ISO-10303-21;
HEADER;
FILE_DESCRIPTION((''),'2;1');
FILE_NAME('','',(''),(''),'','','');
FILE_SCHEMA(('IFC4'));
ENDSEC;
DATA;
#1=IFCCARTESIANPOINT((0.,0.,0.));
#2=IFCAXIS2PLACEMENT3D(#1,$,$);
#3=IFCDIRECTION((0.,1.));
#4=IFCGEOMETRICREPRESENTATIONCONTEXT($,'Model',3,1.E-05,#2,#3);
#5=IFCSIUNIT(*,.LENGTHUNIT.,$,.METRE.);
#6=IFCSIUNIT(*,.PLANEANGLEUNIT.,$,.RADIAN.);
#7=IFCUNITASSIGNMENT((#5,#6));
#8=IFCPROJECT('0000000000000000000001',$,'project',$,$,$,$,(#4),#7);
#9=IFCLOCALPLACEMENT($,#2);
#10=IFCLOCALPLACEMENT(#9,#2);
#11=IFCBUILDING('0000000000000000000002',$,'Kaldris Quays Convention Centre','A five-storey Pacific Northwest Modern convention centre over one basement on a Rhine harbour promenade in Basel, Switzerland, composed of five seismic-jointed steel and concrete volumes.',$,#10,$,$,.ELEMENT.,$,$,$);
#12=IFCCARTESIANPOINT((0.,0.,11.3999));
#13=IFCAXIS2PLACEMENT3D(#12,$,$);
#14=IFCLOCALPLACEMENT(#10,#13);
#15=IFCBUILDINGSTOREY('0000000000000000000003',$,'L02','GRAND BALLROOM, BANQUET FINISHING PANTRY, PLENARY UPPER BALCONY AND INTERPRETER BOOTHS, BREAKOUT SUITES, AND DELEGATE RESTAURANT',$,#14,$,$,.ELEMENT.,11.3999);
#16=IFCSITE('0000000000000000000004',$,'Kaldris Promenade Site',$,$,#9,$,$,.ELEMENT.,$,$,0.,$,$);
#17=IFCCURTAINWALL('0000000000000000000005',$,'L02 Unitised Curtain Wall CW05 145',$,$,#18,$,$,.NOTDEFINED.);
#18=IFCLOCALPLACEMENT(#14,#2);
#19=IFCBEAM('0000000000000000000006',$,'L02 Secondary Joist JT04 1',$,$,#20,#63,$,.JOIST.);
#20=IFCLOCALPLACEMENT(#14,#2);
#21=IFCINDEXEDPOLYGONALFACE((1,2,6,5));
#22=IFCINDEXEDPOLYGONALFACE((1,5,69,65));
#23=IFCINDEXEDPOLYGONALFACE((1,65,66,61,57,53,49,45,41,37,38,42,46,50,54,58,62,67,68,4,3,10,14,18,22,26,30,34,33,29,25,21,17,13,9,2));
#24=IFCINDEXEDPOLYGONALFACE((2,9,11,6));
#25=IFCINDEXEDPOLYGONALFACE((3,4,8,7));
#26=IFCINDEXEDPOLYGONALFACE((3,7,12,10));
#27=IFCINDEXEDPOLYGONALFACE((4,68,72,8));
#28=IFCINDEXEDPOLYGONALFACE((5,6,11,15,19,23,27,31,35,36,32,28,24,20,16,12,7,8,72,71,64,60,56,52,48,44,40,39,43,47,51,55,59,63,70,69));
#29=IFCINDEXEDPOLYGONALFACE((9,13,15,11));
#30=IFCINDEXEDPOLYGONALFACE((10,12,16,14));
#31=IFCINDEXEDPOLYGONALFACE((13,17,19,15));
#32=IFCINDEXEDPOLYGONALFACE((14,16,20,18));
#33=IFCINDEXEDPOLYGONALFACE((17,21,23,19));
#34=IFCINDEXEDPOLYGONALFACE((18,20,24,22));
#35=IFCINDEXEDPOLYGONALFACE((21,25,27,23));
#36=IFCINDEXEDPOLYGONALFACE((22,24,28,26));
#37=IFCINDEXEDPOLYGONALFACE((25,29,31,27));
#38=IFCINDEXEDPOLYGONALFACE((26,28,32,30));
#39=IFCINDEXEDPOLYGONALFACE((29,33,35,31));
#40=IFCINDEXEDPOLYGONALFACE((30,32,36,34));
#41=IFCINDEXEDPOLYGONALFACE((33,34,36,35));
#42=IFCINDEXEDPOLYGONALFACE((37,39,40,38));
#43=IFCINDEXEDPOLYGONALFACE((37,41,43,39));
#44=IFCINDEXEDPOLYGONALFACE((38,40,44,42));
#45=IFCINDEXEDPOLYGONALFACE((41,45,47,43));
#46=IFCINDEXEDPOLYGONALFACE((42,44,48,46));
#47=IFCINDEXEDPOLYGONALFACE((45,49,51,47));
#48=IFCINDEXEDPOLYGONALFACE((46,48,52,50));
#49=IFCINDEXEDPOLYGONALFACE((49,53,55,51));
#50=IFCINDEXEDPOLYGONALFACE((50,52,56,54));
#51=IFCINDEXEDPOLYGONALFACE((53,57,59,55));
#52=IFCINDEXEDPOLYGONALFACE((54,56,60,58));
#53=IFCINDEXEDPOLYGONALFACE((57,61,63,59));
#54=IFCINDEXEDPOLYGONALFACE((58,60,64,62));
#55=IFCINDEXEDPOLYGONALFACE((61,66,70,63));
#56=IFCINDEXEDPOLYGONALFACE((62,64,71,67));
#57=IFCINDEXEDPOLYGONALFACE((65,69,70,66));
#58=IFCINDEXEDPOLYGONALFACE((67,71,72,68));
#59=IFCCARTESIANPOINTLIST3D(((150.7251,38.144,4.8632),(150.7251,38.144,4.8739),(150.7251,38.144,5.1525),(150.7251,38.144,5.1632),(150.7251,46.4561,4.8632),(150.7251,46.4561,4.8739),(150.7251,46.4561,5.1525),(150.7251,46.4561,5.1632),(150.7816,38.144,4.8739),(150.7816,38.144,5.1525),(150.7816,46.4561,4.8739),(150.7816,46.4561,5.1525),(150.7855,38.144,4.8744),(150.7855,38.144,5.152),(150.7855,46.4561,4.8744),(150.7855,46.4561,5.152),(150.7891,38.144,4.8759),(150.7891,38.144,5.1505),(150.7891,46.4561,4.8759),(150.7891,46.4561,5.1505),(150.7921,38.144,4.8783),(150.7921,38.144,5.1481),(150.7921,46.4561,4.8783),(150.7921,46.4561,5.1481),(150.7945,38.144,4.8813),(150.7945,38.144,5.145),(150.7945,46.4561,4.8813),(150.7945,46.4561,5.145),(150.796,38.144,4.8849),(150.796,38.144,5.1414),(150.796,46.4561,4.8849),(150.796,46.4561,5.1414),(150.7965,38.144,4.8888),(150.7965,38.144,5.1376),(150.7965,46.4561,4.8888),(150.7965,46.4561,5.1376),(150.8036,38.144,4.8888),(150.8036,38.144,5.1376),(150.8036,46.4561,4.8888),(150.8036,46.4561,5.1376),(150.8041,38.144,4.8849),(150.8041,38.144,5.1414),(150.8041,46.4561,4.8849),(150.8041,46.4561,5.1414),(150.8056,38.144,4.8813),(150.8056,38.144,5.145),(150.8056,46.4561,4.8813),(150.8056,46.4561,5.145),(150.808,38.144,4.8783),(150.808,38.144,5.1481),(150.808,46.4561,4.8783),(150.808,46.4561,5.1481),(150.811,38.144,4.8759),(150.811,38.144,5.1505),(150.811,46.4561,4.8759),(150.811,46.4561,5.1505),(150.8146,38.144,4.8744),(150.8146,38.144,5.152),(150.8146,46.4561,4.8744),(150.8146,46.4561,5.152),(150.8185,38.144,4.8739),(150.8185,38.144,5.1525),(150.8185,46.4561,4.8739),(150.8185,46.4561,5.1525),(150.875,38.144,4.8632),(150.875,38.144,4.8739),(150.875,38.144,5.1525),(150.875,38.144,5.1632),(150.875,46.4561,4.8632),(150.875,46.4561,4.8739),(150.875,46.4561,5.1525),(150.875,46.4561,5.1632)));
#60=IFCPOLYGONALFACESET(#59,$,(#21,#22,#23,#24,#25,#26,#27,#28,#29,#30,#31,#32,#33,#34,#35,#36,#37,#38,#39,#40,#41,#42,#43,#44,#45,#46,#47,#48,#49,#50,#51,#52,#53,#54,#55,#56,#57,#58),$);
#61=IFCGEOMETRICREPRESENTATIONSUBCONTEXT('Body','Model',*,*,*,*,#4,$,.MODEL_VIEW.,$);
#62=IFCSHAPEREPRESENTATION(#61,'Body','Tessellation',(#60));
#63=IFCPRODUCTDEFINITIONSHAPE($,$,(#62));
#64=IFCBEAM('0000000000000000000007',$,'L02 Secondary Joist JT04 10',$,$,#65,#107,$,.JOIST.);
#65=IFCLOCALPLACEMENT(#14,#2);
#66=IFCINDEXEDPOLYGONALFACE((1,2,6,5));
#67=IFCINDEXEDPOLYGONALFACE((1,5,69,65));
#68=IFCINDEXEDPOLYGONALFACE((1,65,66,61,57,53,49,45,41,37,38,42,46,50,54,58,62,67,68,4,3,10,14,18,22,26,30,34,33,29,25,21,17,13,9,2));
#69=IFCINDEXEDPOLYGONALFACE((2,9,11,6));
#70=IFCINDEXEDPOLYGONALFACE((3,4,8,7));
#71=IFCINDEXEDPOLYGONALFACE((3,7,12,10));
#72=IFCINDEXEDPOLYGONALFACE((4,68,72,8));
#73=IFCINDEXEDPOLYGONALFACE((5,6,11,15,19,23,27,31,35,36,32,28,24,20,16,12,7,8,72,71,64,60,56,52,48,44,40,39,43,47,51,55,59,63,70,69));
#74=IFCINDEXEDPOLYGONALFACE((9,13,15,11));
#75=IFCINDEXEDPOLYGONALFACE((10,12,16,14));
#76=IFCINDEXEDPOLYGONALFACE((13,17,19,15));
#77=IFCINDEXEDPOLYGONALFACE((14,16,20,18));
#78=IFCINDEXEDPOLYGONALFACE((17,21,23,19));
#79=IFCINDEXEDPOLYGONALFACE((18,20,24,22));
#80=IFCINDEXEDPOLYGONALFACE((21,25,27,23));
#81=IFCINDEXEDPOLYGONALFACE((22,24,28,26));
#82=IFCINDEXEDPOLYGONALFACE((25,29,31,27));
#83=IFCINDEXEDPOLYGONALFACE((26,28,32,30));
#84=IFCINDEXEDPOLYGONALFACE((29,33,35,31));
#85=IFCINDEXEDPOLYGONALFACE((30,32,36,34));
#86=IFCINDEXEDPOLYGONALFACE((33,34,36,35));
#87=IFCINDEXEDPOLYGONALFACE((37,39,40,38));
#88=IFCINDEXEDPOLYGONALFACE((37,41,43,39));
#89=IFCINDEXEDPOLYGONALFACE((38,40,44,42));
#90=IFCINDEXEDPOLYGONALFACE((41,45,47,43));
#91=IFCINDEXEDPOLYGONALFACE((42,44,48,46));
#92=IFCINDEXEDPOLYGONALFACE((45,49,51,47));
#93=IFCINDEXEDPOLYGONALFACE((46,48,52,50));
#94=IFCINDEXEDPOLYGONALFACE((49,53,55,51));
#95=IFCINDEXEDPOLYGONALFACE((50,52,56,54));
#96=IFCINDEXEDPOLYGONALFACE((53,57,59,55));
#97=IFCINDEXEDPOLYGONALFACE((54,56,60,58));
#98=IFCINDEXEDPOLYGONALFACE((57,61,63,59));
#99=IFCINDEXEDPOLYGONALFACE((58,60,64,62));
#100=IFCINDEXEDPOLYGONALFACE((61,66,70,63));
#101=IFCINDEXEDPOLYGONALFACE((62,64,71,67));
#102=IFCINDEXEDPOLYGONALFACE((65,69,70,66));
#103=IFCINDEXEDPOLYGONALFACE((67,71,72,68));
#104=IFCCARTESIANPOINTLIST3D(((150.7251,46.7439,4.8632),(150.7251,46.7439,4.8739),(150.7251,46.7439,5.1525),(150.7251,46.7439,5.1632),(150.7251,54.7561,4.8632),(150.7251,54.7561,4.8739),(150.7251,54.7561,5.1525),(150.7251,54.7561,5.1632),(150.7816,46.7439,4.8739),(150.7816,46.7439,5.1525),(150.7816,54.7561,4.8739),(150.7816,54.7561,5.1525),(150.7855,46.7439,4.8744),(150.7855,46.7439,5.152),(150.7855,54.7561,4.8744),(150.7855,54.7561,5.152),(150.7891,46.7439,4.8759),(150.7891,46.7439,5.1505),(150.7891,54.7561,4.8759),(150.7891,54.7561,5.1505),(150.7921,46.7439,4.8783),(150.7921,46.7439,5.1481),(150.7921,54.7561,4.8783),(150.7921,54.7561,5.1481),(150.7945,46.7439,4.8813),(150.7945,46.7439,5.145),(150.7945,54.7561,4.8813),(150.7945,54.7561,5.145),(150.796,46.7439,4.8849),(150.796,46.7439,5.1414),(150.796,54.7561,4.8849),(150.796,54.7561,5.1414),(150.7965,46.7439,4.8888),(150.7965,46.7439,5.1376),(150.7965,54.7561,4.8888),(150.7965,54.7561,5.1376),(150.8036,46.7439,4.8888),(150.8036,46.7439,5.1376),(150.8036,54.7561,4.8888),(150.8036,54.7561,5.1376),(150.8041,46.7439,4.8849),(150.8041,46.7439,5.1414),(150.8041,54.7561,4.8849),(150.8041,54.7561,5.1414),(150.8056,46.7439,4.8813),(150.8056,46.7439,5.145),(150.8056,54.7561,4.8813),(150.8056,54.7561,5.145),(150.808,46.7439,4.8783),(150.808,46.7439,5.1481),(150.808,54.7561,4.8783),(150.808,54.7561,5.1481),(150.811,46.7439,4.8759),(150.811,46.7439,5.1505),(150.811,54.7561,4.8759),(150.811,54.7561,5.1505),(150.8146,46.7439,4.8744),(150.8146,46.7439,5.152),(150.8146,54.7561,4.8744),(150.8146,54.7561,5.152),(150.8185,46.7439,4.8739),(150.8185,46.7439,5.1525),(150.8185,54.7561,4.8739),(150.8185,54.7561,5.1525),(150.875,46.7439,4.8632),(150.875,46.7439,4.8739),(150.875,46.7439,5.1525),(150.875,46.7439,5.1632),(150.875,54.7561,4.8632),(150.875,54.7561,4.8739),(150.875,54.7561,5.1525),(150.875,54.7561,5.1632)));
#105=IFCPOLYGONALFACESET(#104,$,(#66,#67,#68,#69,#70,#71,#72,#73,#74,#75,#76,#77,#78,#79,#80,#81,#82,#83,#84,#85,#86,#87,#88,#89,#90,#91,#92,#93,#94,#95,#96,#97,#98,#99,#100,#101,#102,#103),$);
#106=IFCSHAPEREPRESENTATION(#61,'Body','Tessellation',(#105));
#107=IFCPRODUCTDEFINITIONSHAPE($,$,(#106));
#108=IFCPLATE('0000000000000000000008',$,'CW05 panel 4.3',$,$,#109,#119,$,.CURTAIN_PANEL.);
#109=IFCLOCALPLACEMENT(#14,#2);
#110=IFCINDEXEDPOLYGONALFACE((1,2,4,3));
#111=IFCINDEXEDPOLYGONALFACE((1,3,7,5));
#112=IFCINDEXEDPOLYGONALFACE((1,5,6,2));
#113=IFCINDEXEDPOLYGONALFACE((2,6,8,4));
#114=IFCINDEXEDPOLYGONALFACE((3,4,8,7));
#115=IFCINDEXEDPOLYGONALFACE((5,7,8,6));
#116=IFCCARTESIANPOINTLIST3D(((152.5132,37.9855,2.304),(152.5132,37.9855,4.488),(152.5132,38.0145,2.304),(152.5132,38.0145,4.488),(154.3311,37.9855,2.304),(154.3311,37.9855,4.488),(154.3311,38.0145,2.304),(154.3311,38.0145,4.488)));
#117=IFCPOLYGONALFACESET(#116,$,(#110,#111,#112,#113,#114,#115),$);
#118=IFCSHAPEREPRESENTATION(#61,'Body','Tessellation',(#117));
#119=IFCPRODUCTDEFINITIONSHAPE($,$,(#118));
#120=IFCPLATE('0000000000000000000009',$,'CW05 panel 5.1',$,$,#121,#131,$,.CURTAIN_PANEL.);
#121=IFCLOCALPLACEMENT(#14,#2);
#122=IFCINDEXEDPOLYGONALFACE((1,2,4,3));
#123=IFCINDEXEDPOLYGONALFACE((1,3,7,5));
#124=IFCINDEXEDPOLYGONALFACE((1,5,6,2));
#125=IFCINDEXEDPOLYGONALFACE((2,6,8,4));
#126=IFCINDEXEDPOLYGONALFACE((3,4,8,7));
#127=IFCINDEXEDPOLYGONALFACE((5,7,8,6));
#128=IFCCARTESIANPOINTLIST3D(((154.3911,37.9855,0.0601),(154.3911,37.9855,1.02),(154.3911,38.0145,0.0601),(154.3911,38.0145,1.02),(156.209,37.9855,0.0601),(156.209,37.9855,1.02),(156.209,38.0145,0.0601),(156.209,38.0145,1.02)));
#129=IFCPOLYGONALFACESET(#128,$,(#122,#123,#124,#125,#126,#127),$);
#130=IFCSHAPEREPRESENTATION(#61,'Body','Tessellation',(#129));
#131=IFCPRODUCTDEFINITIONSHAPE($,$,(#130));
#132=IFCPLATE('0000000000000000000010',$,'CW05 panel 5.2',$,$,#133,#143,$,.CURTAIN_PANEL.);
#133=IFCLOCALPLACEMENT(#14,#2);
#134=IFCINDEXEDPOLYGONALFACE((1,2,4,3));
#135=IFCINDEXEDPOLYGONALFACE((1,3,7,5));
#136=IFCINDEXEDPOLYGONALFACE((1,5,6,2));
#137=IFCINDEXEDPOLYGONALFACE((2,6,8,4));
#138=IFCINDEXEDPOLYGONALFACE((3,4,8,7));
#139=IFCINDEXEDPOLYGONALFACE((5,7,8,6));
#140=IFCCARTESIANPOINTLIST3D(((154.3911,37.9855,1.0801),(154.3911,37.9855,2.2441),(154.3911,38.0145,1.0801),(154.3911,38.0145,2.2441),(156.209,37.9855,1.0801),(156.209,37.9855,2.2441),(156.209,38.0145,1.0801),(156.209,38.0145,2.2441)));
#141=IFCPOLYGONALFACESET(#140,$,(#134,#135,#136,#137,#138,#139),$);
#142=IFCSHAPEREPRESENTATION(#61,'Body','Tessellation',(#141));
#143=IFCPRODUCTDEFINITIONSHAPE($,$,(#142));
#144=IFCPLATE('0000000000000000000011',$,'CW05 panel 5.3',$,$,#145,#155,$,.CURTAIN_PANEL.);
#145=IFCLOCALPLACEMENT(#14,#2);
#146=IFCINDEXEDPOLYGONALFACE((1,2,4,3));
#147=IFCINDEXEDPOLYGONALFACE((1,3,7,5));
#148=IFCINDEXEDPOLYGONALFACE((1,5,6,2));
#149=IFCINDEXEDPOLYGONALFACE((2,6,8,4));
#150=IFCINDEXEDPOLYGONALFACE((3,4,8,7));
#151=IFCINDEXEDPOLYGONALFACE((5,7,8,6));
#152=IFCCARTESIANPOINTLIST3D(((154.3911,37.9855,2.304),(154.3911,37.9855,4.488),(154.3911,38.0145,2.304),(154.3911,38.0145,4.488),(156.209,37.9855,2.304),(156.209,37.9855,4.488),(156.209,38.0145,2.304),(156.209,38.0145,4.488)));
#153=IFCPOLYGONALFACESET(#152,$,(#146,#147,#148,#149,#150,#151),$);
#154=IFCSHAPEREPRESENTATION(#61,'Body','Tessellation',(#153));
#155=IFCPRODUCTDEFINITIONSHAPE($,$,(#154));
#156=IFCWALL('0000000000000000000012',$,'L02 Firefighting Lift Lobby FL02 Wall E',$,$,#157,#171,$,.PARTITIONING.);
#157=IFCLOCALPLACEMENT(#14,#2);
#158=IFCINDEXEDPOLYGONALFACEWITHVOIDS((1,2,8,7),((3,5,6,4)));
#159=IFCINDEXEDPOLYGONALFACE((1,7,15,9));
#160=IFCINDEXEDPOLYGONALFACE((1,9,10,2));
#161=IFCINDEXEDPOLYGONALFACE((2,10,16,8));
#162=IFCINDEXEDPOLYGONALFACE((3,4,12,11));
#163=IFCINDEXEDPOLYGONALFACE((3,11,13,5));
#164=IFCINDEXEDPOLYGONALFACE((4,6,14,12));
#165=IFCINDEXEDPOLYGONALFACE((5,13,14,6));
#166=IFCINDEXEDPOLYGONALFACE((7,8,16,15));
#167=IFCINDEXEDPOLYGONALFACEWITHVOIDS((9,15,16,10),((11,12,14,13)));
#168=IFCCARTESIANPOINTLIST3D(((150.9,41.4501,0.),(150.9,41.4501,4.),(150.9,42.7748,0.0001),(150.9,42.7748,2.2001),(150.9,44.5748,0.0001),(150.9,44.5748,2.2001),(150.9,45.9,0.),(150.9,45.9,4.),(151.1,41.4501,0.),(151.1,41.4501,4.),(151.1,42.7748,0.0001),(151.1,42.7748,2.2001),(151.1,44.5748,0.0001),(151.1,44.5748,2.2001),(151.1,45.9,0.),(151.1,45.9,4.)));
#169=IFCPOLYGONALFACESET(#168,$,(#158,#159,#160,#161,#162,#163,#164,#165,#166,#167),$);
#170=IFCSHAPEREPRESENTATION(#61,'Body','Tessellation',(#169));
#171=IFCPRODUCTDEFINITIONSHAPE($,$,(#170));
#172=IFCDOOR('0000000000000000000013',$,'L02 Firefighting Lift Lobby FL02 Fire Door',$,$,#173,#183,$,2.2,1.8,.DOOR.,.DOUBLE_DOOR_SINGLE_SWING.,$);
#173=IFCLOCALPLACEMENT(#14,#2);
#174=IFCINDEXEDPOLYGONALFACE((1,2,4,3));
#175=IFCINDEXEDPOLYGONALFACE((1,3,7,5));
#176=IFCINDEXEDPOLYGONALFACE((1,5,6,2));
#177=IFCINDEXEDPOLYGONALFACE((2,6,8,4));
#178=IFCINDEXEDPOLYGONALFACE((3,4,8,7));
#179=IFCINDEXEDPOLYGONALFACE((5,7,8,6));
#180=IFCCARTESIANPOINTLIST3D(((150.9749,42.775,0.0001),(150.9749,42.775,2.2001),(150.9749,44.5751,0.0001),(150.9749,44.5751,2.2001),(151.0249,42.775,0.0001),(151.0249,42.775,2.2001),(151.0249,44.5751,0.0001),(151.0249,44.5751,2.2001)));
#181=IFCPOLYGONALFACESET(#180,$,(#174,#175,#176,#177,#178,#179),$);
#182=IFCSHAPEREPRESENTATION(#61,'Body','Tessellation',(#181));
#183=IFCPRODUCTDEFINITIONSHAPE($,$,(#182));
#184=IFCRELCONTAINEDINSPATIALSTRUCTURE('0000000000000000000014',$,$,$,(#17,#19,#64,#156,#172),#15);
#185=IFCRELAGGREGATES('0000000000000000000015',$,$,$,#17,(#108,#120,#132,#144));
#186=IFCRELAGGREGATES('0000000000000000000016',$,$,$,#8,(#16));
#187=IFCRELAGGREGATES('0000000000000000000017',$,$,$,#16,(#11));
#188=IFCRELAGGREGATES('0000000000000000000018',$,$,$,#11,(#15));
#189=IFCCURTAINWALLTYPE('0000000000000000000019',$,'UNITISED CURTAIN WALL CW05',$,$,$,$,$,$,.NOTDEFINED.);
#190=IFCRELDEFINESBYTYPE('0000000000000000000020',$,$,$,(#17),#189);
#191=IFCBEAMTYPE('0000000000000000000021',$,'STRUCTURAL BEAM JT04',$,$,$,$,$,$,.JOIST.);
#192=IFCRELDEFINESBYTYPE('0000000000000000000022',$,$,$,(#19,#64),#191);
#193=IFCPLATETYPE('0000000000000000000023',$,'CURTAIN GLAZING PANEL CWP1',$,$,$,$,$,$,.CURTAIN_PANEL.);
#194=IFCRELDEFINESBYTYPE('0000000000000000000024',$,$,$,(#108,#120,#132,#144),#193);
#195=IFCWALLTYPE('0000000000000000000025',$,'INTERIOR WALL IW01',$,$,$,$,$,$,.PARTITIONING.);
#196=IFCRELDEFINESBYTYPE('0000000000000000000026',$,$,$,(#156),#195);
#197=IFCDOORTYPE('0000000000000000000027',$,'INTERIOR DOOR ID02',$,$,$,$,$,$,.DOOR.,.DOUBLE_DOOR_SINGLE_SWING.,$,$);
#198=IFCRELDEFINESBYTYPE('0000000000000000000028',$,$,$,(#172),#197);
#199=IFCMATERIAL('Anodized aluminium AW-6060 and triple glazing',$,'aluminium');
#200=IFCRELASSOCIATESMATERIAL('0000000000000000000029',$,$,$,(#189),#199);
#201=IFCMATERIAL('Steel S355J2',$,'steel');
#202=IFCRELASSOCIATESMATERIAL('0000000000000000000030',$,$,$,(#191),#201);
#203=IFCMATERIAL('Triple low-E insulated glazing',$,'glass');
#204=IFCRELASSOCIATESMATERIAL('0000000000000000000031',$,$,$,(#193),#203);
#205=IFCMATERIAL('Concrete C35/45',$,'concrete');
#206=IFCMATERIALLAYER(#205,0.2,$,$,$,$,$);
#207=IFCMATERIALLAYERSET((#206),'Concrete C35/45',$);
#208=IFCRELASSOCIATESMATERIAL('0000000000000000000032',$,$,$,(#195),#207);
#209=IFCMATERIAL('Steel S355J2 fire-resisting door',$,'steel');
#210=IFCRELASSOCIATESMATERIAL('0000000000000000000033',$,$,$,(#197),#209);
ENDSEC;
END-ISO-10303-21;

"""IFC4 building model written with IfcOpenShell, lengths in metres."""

from ifc_helpers import new_model, si_unit, direction, frame, frame_2d, origin, origin_2d, place, context, subcontext, project, spatial, rectangle, i_section, extrude, material, layer, layer_set, material_profile, profile_set, type_object, element, fill, aggregate, save


model = new_model("IFC4")

# Units and contexts
model_context = context("Model", 3, precision=1e-05, world=origin(), true_north=direction((0.0, 1.0)))
body_context = subcontext(model_context, "Body", "Model", "MODEL_VIEW")
ifc_project = project(units=[si_unit("LENGTHUNIT", "METRE"), si_unit("PLANEANGLEUNIT", "RADIAN")], contexts=[model_context])

# Site, building, storey
site_placement = place(None, origin())
site = spatial("IfcSite", under=ifc_project, at=site_placement, Name="Kaldris Promenade Site", CompositionType="ELEMENT", RefElevation=0.0)
building_placement = place(site_placement, origin())
building = spatial("IfcBuilding", under=site, at=building_placement, Name="Kaldris Quays Convention Centre", Description="A five-storey Pacific Northwest Modern convention centre over one basement on a Rhine harbour promenade in Basel, Switzerland, composed of five seismic-jointed steel and concrete volumes.", CompositionType="ELEMENT")
storey_placement = place(building_placement, frame((0.0, 0.0, 11.3999)))
storey = spatial("IfcBuildingStorey", under=building, at=storey_placement, Name="L02", Description="GRAND BALLROOM, BANQUET FINISHING PANTRY, PLENARY UPPER BALCONY AND INTERPRETER BOOTHS, BREAKOUT SUITES, AND DELEGATE RESTAURANT", CompositionType="ELEMENT", Elevation=11.3999)

# Shared definitions
ifc_material_1 = material(Name="Steel S355J2", Category="steel")

# Curtain wall
ifc_material_2 = material(Name="Anodized aluminium AW-6060 and triple glazing", Category="aluminium")
curtain_wall_type = type_object("IfcCurtainWallType", Name="UNITISED CURTAIN WALL CW05", PredefinedType="NOTDEFINED", material=ifc_material_2)
curtain_wall_placement = place(storey_placement, origin())
curtain_wall = element("IfcCurtainWall", 1, at=curtain_wall_placement, inside=storey, type_object=curtain_wall_type, Name="L02 Unitised Curtain Wall CW05 145", PredefinedType="NOTDEFINED")

# Beams
ifc_material_profile_1 = material_profile(ifc_material_1, i_section(OverallWidth=0.1499, OverallDepth=0.3, WebThickness=0.0071, FlangeThickness=0.0107, FilletRadius=0.0149, at=origin_2d()), Name="IPE 300")
ifc_profile_set_1 = profile_set([ifc_material_profile_1], Name="Steel S355J2")
beam_type_1 = type_object("IfcBeamType", Name="STRUCTURAL BEAM JT04", PredefinedType="JOIST", material=ifc_profile_set_1)
beam_1_placement = place(storey_placement, frame((150.8, 38.144, 5.0132), z_axis=(0.0, 1.0, 0.0), x_axis=(-1.0, 0.0, 0.0)))
element("IfcBeam", 2, at=beam_1_placement, inside=storey, type_object=beam_type_1, Name="L02 Secondary Joist JT04 1", PredefinedType="JOIST", context=body_context, shape_type="SweptSolid", body=[
    extrude(i_section(OverallWidth=0.1499, OverallDepth=0.3, WebThickness=0.0071, FlangeThickness=0.0107, FilletRadius=0.0149, at=origin_2d()), origin(), (0.0, 0.0, 1.0), 8.312),
])
beam_2_placement = place(storey_placement, frame((150.8, 46.7439, 5.0132), z_axis=(0.0, 1.0, 0.0), x_axis=(-1.0, 0.0, 0.0)))
element("IfcBeam", 3, at=beam_2_placement, inside=storey, type_object=beam_type_1, Name="L02 Secondary Joist JT04 10", PredefinedType="JOIST", context=body_context, shape_type="SweptSolid", body=[
    extrude(i_section(OverallWidth=0.1499, OverallDepth=0.3, WebThickness=0.0071, FlangeThickness=0.0107, FilletRadius=0.0149, at=origin_2d()), origin(), (0.0, 0.0, 1.0), 8.0122),
])

# Plates
ifc_material_3 = material(Name="Triple low-E insulated glazing", Category="glass")
plate_type = type_object("IfcPlateType", Name="CURTAIN GLAZING PANEL CWP1", PredefinedType="CURTAIN_PANEL", material=ifc_material_3)
plate_1_placement = place(storey_placement, frame((153.4221, 38.0, 2.304), z_axis=(0.0, 0.0, 1.0), x_axis=(1.0, 0.0, 0.0)))
plate_1 = element("IfcPlate", 4, at=plate_1_placement, type_object=plate_type, Name="CW05 panel 4.3", PredefinedType="CURTAIN_PANEL", context=body_context, shape_type="SweptSolid", body=[
    extrude(rectangle(XDim=1.8179, YDim=0.0291, at=origin_2d()), origin(), (0.0, 0.0, 1.0), 2.1841),
])
plate_2_placement = place(storey_placement, frame((155.3, 38.0, 0.0601), z_axis=(0.0, 0.0, 1.0), x_axis=(1.0, 0.0, 0.0)))
plate_2 = element("IfcPlate", 5, at=plate_2_placement, type_object=plate_type, Name="CW05 panel 5.1", PredefinedType="CURTAIN_PANEL", context=body_context, shape_type="SweptSolid", body=[
    extrude(rectangle(XDim=1.8179, YDim=0.0291, at=origin_2d()), origin(), (0.0, 0.0, 1.0), 0.96),
])
plate_3_placement = place(storey_placement, frame((155.3, 38.0, 1.0801), z_axis=(0.0, 0.0, 1.0), x_axis=(1.0, 0.0, 0.0)))
plate_3 = element("IfcPlate", 6, at=plate_3_placement, type_object=plate_type, Name="CW05 panel 5.2", PredefinedType="CURTAIN_PANEL", context=body_context, shape_type="SweptSolid", body=[
    extrude(rectangle(XDim=1.8179, YDim=0.0291, at=origin_2d()), origin(), (0.0, 0.0, 1.0), 1.1641),
])
plate_4_placement = place(storey_placement, frame((155.3, 38.0, 2.304), z_axis=(0.0, 0.0, 1.0), x_axis=(1.0, 0.0, 0.0)))
plate_4 = element("IfcPlate", 7, at=plate_4_placement, type_object=plate_type, Name="CW05 panel 5.3", PredefinedType="CURTAIN_PANEL", context=body_context, shape_type="SweptSolid", body=[
    extrude(rectangle(XDim=1.8179, YDim=0.0291, at=origin_2d()), origin(), (0.0, 0.0, 1.0), 2.1841),
])
aggregate(curtain_wall, [plate_1, plate_2, plate_3, plate_4])

# Wall, opening, door
ifc_material_4 = material(Name="Concrete C35/45", Category="concrete")
ifc_layer_1 = layer(ifc_material_4, 0.2)
ifc_layer_set_1 = layer_set([ifc_layer_1], Name="Concrete C35/45")
wall_type_1 = type_object("IfcWallType", Name="INTERIOR WALL IW01", PredefinedType="PARTITIONING", material=ifc_layer_set_1)
wall_1_placement = place(storey_placement, frame((151.0, 41.45, 0.0), z_axis=(0.0, 0.0, 1.0), x_axis=(0.0, 1.0, 0.0)))
wall_1 = element("IfcWall", 8, at=wall_1_placement, inside=storey, type_object=wall_type_1, Name="L02 Firefighting Lift Lobby FL02 Wall E", PredefinedType="PARTITIONING", context=body_context, shape_type="SweptSolid", body=[
    extrude(rectangle(XDim=4.45, YDim=0.2, at=frame_2d((2.2251, 0.0))), origin(), (0.0, 0.0, 1.0), 4.0),
])
opening_1_placement = place(wall_1_placement, frame((1.325, 0.0, 0.0)))
opening_1 = element("IfcOpeningElement", 9, at=opening_1_placement, cuts=wall_1, PredefinedType="OPENING", context=body_context, shape_type="SweptSolid", body=[
    extrude(rectangle(XDim=1.8, YDim=2.2, at=frame_2d((0.8999, 1.1001))), frame((0.0, 0.1099, 0.0), z_axis=(0.0, -1.0, 0.0), x_axis=(1.0, 0.0, 0.0)), (0.0, 0.0, 1.0), 0.22),
])
ifc_material_5 = material(Name="Steel S355J2 fire-resisting door", Category="steel")
door_type_1 = type_object("IfcDoorType", Name="INTERIOR DOOR ID02", OperationType="DOUBLE_DOOR_SINGLE_SWING", PredefinedType="DOOR", material=ifc_material_5)
door_1_placement = place(opening_1_placement, frame((1.8, 0.0, 0.0), z_axis=(0.0, 0.0, 1.0), x_axis=(-1.0, 0.0, 0.0)))
door_1 = element("IfcDoor", 10, at=door_1_placement, inside=storey, type_object=door_type_1, Name="L02 Firefighting Lift Lobby FL02 Fire Door", OperationType="DOUBLE_DOOR_SINGLE_SWING", OverallHeight=2.2, OverallWidth=1.8, PredefinedType="DOOR", context=body_context, shape_type="SweptSolid", body=[
    extrude(rectangle(XDim=1.8, YDim=2.2, at=frame_2d((0.8999, 1.1001))), frame((0.0, 0.0249, 0.0), z_axis=(0.0, -1.0, 0.0), x_axis=(1.0, 0.0, 0.0)), (0.0, 0.0, 1.0), 0.05),
])
fill(opening_1, door_1)

save(model, "model.ifc")
